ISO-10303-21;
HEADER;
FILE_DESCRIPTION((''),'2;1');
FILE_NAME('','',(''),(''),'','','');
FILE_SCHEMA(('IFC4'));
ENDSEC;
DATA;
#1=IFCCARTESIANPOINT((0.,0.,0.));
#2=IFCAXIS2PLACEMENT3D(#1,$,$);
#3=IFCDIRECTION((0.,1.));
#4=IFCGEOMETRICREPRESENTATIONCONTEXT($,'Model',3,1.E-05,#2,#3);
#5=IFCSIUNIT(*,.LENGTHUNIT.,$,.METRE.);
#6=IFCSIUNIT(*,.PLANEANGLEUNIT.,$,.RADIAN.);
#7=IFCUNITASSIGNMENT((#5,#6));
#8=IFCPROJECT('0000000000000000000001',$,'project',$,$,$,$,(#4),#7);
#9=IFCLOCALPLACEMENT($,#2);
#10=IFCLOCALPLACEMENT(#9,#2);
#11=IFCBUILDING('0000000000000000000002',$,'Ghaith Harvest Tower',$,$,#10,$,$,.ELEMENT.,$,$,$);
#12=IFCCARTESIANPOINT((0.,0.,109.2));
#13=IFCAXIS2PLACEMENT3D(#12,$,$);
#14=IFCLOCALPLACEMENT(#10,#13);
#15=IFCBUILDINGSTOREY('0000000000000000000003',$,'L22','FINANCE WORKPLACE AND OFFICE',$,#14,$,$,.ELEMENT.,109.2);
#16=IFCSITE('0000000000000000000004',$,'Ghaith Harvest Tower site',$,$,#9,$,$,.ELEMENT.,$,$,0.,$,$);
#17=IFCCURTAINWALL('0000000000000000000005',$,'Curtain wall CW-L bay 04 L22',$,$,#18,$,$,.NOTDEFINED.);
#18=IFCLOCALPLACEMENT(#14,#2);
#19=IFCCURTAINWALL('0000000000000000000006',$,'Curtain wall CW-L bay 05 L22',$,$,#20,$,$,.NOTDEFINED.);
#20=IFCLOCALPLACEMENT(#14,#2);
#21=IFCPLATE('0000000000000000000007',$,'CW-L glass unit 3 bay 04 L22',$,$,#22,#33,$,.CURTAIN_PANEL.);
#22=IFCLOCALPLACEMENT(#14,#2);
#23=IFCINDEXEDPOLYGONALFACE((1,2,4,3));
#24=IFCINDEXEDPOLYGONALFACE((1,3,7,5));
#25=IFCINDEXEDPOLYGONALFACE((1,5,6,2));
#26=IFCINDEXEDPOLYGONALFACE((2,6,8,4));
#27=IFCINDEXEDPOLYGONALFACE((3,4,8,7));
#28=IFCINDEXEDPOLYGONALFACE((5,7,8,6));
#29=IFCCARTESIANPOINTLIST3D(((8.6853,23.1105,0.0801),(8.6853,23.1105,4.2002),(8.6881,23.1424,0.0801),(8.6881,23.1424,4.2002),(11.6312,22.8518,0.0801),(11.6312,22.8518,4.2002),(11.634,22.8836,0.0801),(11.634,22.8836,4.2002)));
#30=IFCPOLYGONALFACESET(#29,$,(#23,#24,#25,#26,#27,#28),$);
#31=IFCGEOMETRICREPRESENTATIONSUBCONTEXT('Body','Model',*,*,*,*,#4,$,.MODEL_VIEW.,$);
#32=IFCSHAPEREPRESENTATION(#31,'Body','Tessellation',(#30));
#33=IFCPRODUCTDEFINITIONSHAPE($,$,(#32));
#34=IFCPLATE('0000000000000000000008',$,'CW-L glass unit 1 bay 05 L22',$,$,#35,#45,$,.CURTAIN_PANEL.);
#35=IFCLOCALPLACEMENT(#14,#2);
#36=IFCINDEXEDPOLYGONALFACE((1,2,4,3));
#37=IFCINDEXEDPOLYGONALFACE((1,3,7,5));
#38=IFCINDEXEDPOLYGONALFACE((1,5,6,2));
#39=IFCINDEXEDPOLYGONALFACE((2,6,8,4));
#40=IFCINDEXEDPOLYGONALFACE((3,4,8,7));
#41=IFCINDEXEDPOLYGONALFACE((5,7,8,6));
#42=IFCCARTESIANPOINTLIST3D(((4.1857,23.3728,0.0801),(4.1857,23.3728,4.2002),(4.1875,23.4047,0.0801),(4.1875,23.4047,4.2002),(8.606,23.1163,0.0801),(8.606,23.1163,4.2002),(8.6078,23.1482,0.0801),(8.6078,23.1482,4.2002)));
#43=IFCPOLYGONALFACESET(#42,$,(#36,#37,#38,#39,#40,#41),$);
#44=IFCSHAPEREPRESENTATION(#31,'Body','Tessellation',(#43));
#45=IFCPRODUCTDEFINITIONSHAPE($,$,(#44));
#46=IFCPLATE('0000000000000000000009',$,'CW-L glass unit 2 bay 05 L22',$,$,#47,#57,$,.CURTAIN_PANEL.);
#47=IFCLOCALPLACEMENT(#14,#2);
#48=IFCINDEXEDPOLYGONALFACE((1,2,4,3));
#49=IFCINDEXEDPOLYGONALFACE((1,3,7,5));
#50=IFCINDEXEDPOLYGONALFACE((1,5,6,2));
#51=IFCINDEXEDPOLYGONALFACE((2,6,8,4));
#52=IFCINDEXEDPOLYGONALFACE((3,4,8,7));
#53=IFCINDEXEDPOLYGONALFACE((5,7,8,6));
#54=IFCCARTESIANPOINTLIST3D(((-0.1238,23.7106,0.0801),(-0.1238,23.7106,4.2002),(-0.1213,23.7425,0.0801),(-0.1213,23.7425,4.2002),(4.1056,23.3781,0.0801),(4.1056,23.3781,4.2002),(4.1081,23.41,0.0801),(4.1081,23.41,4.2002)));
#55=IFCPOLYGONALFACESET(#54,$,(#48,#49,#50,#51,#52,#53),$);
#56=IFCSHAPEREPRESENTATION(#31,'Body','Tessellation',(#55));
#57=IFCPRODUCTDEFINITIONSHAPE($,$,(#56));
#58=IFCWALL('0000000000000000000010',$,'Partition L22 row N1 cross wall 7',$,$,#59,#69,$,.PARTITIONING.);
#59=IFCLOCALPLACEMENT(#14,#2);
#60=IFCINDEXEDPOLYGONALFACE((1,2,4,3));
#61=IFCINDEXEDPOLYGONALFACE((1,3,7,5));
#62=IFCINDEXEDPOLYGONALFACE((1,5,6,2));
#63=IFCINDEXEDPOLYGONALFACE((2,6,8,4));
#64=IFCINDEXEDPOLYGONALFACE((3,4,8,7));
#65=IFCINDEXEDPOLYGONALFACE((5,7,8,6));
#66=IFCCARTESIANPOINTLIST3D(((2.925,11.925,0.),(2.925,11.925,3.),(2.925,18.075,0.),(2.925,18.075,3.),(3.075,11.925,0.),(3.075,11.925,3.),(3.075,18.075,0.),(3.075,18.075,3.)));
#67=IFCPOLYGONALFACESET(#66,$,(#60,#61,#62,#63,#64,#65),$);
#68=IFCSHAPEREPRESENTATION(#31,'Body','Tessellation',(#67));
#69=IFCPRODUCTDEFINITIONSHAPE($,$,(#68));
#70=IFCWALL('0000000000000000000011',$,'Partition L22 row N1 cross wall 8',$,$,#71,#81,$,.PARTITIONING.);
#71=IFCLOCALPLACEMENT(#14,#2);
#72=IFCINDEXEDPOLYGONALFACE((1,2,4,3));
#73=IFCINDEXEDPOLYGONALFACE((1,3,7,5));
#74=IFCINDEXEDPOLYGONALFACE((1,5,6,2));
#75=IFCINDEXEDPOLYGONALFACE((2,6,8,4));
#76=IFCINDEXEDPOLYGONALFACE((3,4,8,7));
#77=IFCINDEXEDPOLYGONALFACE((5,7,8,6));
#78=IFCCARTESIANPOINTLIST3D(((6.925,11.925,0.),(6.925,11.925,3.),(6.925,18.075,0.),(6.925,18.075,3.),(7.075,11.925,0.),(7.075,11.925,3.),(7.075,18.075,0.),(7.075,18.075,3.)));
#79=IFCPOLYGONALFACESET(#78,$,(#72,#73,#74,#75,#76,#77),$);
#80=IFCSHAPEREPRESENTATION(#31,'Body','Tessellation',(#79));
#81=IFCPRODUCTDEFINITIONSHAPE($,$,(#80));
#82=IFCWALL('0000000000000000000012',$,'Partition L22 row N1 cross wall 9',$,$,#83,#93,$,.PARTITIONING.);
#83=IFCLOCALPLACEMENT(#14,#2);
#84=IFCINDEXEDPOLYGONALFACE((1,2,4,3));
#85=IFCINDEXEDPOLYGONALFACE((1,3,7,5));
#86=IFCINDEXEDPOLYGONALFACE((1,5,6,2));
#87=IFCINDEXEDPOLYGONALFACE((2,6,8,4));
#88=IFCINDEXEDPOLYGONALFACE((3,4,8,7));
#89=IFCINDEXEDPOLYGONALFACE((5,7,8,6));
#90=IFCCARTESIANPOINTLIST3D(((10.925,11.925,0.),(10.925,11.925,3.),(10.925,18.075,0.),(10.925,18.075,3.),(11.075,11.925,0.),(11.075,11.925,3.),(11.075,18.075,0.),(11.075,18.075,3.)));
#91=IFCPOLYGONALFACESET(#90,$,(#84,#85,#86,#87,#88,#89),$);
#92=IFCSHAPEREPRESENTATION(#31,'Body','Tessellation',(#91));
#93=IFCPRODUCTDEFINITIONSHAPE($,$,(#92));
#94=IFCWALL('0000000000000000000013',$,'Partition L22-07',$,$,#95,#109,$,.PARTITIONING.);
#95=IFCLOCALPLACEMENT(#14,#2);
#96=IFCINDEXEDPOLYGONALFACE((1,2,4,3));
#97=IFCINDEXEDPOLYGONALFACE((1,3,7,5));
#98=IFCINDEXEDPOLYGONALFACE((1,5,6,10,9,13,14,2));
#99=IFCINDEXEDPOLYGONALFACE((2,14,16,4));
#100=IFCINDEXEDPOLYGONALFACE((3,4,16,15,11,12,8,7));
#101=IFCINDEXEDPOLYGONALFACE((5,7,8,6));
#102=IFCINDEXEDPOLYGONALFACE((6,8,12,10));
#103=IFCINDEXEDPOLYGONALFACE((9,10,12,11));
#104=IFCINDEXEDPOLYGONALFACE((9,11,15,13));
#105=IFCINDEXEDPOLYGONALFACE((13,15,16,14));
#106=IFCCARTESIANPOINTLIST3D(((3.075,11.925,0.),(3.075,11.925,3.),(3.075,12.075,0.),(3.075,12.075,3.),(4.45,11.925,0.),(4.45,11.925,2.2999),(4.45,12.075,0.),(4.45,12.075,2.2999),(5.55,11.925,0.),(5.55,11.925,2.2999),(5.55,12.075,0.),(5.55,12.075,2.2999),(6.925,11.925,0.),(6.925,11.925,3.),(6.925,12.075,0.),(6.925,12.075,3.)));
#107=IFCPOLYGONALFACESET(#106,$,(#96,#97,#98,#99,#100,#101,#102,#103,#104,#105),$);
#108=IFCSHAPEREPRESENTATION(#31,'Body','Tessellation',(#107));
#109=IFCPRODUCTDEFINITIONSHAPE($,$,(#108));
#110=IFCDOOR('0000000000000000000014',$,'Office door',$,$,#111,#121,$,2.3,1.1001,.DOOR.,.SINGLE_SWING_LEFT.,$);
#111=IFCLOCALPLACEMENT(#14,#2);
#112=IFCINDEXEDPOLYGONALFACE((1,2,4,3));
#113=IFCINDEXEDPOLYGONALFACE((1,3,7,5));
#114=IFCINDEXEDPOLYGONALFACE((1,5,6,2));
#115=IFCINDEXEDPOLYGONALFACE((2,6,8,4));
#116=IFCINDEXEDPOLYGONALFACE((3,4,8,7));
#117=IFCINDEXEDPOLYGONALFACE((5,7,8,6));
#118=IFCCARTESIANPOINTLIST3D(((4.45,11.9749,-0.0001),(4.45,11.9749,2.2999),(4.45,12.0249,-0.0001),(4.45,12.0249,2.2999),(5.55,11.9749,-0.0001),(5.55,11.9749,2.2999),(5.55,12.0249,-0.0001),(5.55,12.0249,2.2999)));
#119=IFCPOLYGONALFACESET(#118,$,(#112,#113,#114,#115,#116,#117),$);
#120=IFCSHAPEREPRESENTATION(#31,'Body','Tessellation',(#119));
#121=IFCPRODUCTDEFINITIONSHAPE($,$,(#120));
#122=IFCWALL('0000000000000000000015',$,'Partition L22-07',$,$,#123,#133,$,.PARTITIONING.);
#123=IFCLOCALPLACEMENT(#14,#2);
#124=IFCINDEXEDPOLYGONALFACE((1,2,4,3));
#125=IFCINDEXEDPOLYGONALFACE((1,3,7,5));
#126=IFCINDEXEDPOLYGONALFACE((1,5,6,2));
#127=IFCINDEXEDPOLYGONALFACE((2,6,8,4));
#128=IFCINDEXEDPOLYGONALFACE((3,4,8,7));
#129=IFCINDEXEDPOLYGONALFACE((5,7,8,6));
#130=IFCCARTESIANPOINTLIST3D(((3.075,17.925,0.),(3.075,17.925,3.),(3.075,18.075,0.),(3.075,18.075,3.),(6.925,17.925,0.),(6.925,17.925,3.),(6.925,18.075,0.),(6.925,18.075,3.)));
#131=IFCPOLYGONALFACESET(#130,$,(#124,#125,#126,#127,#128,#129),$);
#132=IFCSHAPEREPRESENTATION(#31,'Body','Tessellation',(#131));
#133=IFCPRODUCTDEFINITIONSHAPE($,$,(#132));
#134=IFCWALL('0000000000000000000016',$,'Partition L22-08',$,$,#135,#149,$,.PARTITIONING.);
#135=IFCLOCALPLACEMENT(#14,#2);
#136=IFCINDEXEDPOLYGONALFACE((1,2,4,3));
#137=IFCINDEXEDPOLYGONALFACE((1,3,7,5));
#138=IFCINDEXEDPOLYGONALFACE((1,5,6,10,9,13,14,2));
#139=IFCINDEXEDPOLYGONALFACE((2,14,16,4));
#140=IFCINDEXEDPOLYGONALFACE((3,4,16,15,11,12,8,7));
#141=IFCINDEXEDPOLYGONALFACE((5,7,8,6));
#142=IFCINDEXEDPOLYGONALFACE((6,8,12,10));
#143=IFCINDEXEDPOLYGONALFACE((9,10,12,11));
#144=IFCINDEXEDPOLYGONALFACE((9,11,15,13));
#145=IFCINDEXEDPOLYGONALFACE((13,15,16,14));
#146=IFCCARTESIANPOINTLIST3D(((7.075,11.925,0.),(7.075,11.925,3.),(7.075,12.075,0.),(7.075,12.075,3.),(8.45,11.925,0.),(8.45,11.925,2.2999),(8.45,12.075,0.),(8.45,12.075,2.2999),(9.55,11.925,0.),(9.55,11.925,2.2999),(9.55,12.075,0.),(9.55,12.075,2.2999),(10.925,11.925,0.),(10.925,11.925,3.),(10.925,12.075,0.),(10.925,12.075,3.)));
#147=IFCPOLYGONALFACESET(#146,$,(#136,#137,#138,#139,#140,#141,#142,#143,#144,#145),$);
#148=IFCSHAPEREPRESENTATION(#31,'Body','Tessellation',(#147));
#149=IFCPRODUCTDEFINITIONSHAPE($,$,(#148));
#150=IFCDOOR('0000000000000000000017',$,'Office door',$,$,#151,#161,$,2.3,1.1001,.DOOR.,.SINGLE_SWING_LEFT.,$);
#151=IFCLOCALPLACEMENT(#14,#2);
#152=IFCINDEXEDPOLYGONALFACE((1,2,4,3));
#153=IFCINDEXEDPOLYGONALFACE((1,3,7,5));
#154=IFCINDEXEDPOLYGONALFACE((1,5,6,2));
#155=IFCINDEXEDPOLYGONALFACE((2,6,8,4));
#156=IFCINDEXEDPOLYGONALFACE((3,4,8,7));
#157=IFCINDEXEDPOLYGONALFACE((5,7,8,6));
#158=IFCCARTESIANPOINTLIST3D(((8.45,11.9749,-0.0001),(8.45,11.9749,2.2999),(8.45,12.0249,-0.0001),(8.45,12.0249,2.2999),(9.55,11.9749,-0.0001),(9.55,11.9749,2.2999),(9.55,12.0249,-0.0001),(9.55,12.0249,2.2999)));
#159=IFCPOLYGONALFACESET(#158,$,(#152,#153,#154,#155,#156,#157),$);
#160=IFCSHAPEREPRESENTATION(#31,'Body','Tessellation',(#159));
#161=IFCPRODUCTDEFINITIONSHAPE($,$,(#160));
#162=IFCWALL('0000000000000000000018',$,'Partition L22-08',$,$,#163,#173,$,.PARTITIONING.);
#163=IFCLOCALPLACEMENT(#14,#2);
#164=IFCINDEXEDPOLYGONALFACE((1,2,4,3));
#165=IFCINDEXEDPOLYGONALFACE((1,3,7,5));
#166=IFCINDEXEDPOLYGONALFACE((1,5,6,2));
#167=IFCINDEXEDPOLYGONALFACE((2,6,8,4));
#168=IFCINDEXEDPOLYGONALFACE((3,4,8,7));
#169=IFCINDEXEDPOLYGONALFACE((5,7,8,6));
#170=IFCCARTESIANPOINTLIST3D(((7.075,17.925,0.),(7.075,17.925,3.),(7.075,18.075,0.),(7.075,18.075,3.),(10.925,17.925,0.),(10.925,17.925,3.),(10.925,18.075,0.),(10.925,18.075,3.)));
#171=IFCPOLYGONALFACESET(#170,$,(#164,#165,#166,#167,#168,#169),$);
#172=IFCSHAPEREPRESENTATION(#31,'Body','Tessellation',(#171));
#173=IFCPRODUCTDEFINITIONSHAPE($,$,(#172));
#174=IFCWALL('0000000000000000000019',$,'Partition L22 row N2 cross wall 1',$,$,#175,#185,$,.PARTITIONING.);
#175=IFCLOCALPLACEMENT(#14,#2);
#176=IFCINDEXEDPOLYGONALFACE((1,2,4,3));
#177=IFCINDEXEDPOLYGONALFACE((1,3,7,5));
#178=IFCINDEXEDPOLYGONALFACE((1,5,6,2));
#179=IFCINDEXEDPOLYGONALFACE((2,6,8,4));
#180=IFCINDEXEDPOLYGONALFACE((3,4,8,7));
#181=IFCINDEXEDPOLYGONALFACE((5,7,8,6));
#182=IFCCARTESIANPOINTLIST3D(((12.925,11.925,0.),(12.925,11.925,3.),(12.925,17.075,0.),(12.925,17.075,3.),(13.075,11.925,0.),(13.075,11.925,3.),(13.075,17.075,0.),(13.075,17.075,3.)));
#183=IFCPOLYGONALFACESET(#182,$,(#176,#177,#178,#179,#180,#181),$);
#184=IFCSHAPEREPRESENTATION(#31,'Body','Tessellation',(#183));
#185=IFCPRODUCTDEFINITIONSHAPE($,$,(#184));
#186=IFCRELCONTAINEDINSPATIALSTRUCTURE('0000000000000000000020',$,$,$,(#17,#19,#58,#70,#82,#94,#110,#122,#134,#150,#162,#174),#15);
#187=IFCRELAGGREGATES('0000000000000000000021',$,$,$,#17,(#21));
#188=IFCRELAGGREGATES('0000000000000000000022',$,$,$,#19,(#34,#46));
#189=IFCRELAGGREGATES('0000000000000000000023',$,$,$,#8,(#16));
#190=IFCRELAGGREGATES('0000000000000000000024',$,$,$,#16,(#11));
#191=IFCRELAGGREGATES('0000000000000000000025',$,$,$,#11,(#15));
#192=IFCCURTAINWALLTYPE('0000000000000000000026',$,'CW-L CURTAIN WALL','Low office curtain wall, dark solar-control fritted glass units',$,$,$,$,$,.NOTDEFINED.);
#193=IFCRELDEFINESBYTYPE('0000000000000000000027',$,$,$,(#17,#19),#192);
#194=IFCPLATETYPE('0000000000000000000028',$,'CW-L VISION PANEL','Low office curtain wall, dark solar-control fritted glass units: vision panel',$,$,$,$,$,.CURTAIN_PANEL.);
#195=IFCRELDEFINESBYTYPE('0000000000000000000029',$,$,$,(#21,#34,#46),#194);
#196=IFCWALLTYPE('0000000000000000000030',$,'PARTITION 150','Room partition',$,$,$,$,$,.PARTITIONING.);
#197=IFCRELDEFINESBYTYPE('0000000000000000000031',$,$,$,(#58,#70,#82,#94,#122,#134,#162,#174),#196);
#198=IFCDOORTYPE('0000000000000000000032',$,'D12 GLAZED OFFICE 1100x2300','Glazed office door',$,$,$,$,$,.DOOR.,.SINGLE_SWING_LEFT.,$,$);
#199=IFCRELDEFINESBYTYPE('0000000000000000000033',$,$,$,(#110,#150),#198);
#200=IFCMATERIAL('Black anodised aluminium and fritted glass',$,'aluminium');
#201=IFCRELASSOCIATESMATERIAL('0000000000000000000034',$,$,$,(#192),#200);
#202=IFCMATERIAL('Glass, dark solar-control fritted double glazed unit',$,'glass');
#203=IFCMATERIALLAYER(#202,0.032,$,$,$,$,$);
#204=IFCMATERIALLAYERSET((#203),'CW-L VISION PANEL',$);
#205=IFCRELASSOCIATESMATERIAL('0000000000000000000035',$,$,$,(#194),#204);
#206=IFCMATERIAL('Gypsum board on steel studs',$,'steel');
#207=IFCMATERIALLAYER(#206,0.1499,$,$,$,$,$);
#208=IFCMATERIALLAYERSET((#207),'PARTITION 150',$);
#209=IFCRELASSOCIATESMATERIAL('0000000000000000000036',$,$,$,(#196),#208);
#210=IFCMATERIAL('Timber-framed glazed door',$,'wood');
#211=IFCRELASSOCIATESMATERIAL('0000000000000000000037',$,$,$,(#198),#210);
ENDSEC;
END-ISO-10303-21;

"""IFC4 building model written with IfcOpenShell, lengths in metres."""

from ifc_helpers import new_model, si_unit, direction, frame, frame_2d, origin, origin_2d, place, context, subcontext, project, spatial, rectangle, extrude, material, layer, layer_set, type_object, element, fill, aggregate, save


model = new_model("IFC4")

# Units and contexts
model_context = context("Model", 3, precision=1e-05, world=origin(), true_north=direction((0.0, 1.0)))
body_context = subcontext(model_context, "Body", "Model", "MODEL_VIEW")
ifc_project = project(units=[si_unit("LENGTHUNIT", "METRE"), si_unit("PLANEANGLEUNIT", "RADIAN")], contexts=[model_context])

# Site, building, storey
site_placement = place(None, origin())
site = spatial("IfcSite", under=ifc_project, at=site_placement, Name="Ghaith Harvest Tower site", CompositionType="ELEMENT", RefElevation=0.0)
building_placement = place(site_placement, origin())
building = spatial("IfcBuilding", under=site, at=building_placement, Name="Ghaith Harvest Tower", CompositionType="ELEMENT")
storey_placement = place(building_placement, frame((0.0, 0.0, 109.2)))
storey = spatial("IfcBuildingStorey", under=building, at=storey_placement, Name="L22", Description="FINANCE WORKPLACE AND OFFICE", CompositionType="ELEMENT", Elevation=109.2)

# Curtain wall
ifc_material_1 = material(Name="Black anodised aluminium and fritted glass", Category="aluminium")
curtain_wall_type = type_object("IfcCurtainWallType", Name="CW-L CURTAIN WALL", Description="Low office curtain wall, dark solar-control fritted glass units", PredefinedType="NOTDEFINED", material=ifc_material_1)
curtain_wall_1_placement = place(storey_placement, origin())
curtain_wall_1 = element("IfcCurtainWall", 1, at=curtain_wall_1_placement, inside=storey, type_object=curtain_wall_type, Name="Curtain wall CW-L bay 04 L22", PredefinedType="NOTDEFINED")

# Curtain wall
curtain_wall_2_placement = place(storey_placement, origin())
curtain_wall_2 = element("IfcCurtainWall", 2, at=curtain_wall_2_placement, inside=storey, type_object=curtain_wall_type, Name="Curtain wall CW-L bay 05 L22", PredefinedType="NOTDEFINED")

# Plates
ifc_material_2 = material(Name="Glass, dark solar-control fritted double glazed unit", Category="glass")
ifc_layer_1 = layer(ifc_material_2, 0.032)
ifc_layer_set_1 = layer_set([ifc_layer_1], Name="CW-L VISION PANEL")
plate_type = type_object("IfcPlateType", Name="CW-L VISION PANEL", Description="Low office curtain wall, dark solar-control fritted glass units: vision panel", PredefinedType="CURTAIN_PANEL", material=ifc_layer_set_1)
plate_1_placement = place(storey_placement, frame((10.1597, 22.9971, 0.0801), z_axis=(0.0, 0.0, 1.0), x_axis=(-0.996166, 0.087481, 0.0)))
plate_1 = element("IfcPlate", 3, at=plate_1_placement, type_object=plate_type, Name="CW-L glass unit 3 bay 04 L22", PredefinedType="CURTAIN_PANEL", context=body_context, shape_type="SweptSolid", body=[
    extrude(rectangle(XDim=2.9573, YDim=0.032, at=origin_2d()), origin(), (0.0, 0.0, 1.0), 4.1201),
])
aggregate(curtain_wall_1, [plate_1])
plate_2_placement = place(storey_placement, frame((6.3967, 23.2605, 0.0801), z_axis=(0.0, 0.0, 1.0), x_axis=(-0.998321, 0.057927, 0.0)))
plate_2 = element("IfcPlate", 4, at=plate_2_placement, type_object=plate_type, Name="CW-L glass unit 1 bay 05 L22", PredefinedType="CURTAIN_PANEL", context=body_context, shape_type="SweptSolid", body=[
    extrude(rectangle(XDim=4.4277, YDim=0.032, at=origin_2d()), origin(), (0.0, 0.0, 1.0), 4.1201),
])
plate_3_placement = place(storey_placement, frame((1.9922, 23.5603, 0.0801), z_axis=(0.0, 0.0, 1.0), x_axis=(-0.996925, 0.07836, 0.0)))
plate_3 = element("IfcPlate", 5, at=plate_3_placement, type_object=plate_type, Name="CW-L glass unit 2 bay 05 L22", PredefinedType="CURTAIN_PANEL", context=body_context, shape_type="SweptSolid", body=[
    extrude(rectangle(XDim=4.2424, YDim=0.032, at=origin_2d()), origin(), (0.0, 0.0, 1.0), 4.1201),
])
aggregate(curtain_wall_2, [plate_2, plate_3])

# Walls
ifc_material_3 = material(Name="Gypsum board on steel studs", Category="steel")
ifc_layer_2 = layer(ifc_material_3, 0.1499)
ifc_layer_set_2 = layer_set([ifc_layer_2], Name="PARTITION 150")
wall_type = type_object("IfcWallType", Name="PARTITION 150", Description="Room partition", PredefinedType="PARTITIONING", material=ifc_layer_set_2)
for number, where, z_axis, x_axis, name in (
    (6, (3.0, 11.925, 0.0), (0.0, 0.0, 1.0), (0.0, 1.0, 0.0), "Partition L22 row N1 cross wall 7"),
    (7, (7.0, 11.925, 0.0), (0.0, 0.0, 1.0), (0.0, 1.0, 0.0), "Partition L22 row N1 cross wall 8"),
    (8, (11.0, 11.925, 0.0), (0.0, 0.0, 1.0), (0.0, 1.0, 0.0), "Partition L22 row N1 cross wall 9"),
):
    element("IfcWall", number, at=place(storey_placement, frame(where, z_axis=z_axis, x_axis=x_axis)), inside=storey, type_object=wall_type, Name=name, PredefinedType="PARTITIONING", context=body_context, shape_type="SweptSolid", body=[
        extrude(rectangle(XDim=6.1499, YDim=0.1499, at=frame_2d((3.075, 0.0))), origin(), (0.0, 0.0, 1.0), 3.0),
    ])

# Wall, opening, door
wall_1_placement = place(storey_placement, frame((3.075, 12.0, 0.0), z_axis=(0.0, 0.0, 1.0), x_axis=(1.0, 0.0, 0.0)))
wall_1 = element("IfcWall", 9, at=wall_1_placement, inside=storey, type_object=wall_type, Name="Partition L22-07", PredefinedType="PARTITIONING", context=body_context, shape_type="SweptSolid", body=[
    extrude(rectangle(XDim=3.8501, YDim=0.1499, at=frame_2d((1.925, 0.0))), origin(), (0.0, 0.0, 1.0), 3.0),
])
opening_1_placement = place(wall_1_placement, frame((1.375, 0.0, 0.0)))
opening_1 = element("IfcOpeningElement", 10, at=opening_1_placement, cuts=wall_1, PredefinedType="OPENING", context=body_context, shape_type="SweptSolid", body=[
    extrude(rectangle(XDim=1.1001, YDim=2.3, at=frame_2d((0.55, 1.1499))), frame((0.0, 0.085, 0.0), z_axis=(0.0, -1.0, 0.0), x_axis=(1.0, 0.0, 0.0)), (0.0, 0.0, 1.0), 0.1699),
])
ifc_material_4 = material(Name="Timber-framed glazed door", Category="wood")
door_type_1 = type_object("IfcDoorType", Name="D12 GLAZED OFFICE 1100x2300", Description="Glazed office door", OperationType="SINGLE_SWING_LEFT", PredefinedType="DOOR", material=ifc_material_4)
door_1_placement = place(opening_1_placement, origin())
door_1 = element("IfcDoor", 11, at=door_1_placement, inside=storey, type_object=door_type_1, Name="Office door", OperationType="SINGLE_SWING_LEFT", OverallHeight=2.3, OverallWidth=1.1001, PredefinedType="DOOR", context=body_context, shape_type="SweptSolid", body=[
    extrude(rectangle(XDim=1.1001, YDim=2.3, at=frame_2d((0.55, 1.1499))), frame((0.0, 0.0249, 0.0), z_axis=(0.0, -1.0, 0.0), x_axis=(1.0, 0.0, 0.0)), (0.0, 0.0, 1.0), 0.05),
])
fill(opening_1, door_1)

# Wall
wall_2_placement = place(storey_placement, frame((3.075, 18.0, 0.0), z_axis=(0.0, 0.0, 1.0), x_axis=(1.0, 0.0, 0.0)))
element("IfcWall", 12, at=wall_2_placement, inside=storey, type_object=wall_type, Name="Partition L22-07", PredefinedType="PARTITIONING", context=body_context, shape_type="SweptSolid", body=[
    extrude(rectangle(XDim=3.8501, YDim=0.1499, at=frame_2d((1.925, 0.0))), origin(), (0.0, 0.0, 1.0), 3.0),
])

# Wall, opening, door
wall_3_placement = place(storey_placement, frame((7.075, 12.0, 0.0), z_axis=(0.0, 0.0, 1.0), x_axis=(1.0, 0.0, 0.0)))
wall_3 = element("IfcWall", 13, at=wall_3_placement, inside=storey, type_object=wall_type, Name="Partition L22-08", PredefinedType="PARTITIONING", context=body_context, shape_type="SweptSolid", body=[
    extrude(rectangle(XDim=3.8501, YDim=0.1499, at=frame_2d((1.925, 0.0))), origin(), (0.0, 0.0, 1.0), 3.0),
])
opening_2_placement = place(wall_3_placement, frame((1.375, 0.0, 0.0)))
opening_2 = element("IfcOpeningElement", 14, at=opening_2_placement, cuts=wall_3, PredefinedType="OPENING", context=body_context, shape_type="SweptSolid", body=[
    extrude(rectangle(XDim=1.1001, YDim=2.3, at=frame_2d((0.55, 1.1499))), frame((0.0, 0.085, 0.0), z_axis=(0.0, -1.0, 0.0), x_axis=(1.0, 0.0, 0.0)), (0.0, 0.0, 1.0), 0.1699),
])
door_2_placement = place(opening_2_placement, origin())
door_2 = element("IfcDoor", 15, at=door_2_placement, inside=storey, type_object=door_type_1, Name="Office door", OperationType="SINGLE_SWING_LEFT", OverallHeight=2.3, OverallWidth=1.1001, PredefinedType="DOOR", context=body_context, shape_type="SweptSolid", body=[
    extrude(rectangle(XDim=1.1001, YDim=2.3, at=frame_2d((0.55, 1.1499))), frame((0.0, 0.0249, 0.0), z_axis=(0.0, -1.0, 0.0), x_axis=(1.0, 0.0, 0.0)), (0.0, 0.0, 1.0), 0.05),
])
fill(opening_2, door_2)

# Walls
wall_4_placement = place(storey_placement, frame((7.075, 18.0, 0.0), z_axis=(0.0, 0.0, 1.0), x_axis=(1.0, 0.0, 0.0)))
element("IfcWall", 16, at=wall_4_placement, inside=storey, type_object=wall_type, Name="Partition L22-08", PredefinedType="PARTITIONING", context=body_context, shape_type="SweptSolid", body=[
    extrude(rectangle(XDim=3.8501, YDim=0.1499, at=frame_2d((1.925, 0.0))), origin(), (0.0, 0.0, 1.0), 3.0),
])
wall_5_placement = place(storey_placement, frame((13.0, 11.925, 0.0), z_axis=(0.0, 0.0, 1.0), x_axis=(0.0, 1.0, 0.0)))
element("IfcWall", 17, at=wall_5_placement, inside=storey, type_object=wall_type, Name="Partition L22 row N2 cross wall 1", PredefinedType="PARTITIONING", context=body_context, shape_type="SweptSolid", body=[
    extrude(rectangle(XDim=5.1499, YDim=0.1499, at=frame_2d((2.575, 0.0))), origin(), (0.0, 0.0, 1.0), 3.0),
])

save(model, "model.ifc")
